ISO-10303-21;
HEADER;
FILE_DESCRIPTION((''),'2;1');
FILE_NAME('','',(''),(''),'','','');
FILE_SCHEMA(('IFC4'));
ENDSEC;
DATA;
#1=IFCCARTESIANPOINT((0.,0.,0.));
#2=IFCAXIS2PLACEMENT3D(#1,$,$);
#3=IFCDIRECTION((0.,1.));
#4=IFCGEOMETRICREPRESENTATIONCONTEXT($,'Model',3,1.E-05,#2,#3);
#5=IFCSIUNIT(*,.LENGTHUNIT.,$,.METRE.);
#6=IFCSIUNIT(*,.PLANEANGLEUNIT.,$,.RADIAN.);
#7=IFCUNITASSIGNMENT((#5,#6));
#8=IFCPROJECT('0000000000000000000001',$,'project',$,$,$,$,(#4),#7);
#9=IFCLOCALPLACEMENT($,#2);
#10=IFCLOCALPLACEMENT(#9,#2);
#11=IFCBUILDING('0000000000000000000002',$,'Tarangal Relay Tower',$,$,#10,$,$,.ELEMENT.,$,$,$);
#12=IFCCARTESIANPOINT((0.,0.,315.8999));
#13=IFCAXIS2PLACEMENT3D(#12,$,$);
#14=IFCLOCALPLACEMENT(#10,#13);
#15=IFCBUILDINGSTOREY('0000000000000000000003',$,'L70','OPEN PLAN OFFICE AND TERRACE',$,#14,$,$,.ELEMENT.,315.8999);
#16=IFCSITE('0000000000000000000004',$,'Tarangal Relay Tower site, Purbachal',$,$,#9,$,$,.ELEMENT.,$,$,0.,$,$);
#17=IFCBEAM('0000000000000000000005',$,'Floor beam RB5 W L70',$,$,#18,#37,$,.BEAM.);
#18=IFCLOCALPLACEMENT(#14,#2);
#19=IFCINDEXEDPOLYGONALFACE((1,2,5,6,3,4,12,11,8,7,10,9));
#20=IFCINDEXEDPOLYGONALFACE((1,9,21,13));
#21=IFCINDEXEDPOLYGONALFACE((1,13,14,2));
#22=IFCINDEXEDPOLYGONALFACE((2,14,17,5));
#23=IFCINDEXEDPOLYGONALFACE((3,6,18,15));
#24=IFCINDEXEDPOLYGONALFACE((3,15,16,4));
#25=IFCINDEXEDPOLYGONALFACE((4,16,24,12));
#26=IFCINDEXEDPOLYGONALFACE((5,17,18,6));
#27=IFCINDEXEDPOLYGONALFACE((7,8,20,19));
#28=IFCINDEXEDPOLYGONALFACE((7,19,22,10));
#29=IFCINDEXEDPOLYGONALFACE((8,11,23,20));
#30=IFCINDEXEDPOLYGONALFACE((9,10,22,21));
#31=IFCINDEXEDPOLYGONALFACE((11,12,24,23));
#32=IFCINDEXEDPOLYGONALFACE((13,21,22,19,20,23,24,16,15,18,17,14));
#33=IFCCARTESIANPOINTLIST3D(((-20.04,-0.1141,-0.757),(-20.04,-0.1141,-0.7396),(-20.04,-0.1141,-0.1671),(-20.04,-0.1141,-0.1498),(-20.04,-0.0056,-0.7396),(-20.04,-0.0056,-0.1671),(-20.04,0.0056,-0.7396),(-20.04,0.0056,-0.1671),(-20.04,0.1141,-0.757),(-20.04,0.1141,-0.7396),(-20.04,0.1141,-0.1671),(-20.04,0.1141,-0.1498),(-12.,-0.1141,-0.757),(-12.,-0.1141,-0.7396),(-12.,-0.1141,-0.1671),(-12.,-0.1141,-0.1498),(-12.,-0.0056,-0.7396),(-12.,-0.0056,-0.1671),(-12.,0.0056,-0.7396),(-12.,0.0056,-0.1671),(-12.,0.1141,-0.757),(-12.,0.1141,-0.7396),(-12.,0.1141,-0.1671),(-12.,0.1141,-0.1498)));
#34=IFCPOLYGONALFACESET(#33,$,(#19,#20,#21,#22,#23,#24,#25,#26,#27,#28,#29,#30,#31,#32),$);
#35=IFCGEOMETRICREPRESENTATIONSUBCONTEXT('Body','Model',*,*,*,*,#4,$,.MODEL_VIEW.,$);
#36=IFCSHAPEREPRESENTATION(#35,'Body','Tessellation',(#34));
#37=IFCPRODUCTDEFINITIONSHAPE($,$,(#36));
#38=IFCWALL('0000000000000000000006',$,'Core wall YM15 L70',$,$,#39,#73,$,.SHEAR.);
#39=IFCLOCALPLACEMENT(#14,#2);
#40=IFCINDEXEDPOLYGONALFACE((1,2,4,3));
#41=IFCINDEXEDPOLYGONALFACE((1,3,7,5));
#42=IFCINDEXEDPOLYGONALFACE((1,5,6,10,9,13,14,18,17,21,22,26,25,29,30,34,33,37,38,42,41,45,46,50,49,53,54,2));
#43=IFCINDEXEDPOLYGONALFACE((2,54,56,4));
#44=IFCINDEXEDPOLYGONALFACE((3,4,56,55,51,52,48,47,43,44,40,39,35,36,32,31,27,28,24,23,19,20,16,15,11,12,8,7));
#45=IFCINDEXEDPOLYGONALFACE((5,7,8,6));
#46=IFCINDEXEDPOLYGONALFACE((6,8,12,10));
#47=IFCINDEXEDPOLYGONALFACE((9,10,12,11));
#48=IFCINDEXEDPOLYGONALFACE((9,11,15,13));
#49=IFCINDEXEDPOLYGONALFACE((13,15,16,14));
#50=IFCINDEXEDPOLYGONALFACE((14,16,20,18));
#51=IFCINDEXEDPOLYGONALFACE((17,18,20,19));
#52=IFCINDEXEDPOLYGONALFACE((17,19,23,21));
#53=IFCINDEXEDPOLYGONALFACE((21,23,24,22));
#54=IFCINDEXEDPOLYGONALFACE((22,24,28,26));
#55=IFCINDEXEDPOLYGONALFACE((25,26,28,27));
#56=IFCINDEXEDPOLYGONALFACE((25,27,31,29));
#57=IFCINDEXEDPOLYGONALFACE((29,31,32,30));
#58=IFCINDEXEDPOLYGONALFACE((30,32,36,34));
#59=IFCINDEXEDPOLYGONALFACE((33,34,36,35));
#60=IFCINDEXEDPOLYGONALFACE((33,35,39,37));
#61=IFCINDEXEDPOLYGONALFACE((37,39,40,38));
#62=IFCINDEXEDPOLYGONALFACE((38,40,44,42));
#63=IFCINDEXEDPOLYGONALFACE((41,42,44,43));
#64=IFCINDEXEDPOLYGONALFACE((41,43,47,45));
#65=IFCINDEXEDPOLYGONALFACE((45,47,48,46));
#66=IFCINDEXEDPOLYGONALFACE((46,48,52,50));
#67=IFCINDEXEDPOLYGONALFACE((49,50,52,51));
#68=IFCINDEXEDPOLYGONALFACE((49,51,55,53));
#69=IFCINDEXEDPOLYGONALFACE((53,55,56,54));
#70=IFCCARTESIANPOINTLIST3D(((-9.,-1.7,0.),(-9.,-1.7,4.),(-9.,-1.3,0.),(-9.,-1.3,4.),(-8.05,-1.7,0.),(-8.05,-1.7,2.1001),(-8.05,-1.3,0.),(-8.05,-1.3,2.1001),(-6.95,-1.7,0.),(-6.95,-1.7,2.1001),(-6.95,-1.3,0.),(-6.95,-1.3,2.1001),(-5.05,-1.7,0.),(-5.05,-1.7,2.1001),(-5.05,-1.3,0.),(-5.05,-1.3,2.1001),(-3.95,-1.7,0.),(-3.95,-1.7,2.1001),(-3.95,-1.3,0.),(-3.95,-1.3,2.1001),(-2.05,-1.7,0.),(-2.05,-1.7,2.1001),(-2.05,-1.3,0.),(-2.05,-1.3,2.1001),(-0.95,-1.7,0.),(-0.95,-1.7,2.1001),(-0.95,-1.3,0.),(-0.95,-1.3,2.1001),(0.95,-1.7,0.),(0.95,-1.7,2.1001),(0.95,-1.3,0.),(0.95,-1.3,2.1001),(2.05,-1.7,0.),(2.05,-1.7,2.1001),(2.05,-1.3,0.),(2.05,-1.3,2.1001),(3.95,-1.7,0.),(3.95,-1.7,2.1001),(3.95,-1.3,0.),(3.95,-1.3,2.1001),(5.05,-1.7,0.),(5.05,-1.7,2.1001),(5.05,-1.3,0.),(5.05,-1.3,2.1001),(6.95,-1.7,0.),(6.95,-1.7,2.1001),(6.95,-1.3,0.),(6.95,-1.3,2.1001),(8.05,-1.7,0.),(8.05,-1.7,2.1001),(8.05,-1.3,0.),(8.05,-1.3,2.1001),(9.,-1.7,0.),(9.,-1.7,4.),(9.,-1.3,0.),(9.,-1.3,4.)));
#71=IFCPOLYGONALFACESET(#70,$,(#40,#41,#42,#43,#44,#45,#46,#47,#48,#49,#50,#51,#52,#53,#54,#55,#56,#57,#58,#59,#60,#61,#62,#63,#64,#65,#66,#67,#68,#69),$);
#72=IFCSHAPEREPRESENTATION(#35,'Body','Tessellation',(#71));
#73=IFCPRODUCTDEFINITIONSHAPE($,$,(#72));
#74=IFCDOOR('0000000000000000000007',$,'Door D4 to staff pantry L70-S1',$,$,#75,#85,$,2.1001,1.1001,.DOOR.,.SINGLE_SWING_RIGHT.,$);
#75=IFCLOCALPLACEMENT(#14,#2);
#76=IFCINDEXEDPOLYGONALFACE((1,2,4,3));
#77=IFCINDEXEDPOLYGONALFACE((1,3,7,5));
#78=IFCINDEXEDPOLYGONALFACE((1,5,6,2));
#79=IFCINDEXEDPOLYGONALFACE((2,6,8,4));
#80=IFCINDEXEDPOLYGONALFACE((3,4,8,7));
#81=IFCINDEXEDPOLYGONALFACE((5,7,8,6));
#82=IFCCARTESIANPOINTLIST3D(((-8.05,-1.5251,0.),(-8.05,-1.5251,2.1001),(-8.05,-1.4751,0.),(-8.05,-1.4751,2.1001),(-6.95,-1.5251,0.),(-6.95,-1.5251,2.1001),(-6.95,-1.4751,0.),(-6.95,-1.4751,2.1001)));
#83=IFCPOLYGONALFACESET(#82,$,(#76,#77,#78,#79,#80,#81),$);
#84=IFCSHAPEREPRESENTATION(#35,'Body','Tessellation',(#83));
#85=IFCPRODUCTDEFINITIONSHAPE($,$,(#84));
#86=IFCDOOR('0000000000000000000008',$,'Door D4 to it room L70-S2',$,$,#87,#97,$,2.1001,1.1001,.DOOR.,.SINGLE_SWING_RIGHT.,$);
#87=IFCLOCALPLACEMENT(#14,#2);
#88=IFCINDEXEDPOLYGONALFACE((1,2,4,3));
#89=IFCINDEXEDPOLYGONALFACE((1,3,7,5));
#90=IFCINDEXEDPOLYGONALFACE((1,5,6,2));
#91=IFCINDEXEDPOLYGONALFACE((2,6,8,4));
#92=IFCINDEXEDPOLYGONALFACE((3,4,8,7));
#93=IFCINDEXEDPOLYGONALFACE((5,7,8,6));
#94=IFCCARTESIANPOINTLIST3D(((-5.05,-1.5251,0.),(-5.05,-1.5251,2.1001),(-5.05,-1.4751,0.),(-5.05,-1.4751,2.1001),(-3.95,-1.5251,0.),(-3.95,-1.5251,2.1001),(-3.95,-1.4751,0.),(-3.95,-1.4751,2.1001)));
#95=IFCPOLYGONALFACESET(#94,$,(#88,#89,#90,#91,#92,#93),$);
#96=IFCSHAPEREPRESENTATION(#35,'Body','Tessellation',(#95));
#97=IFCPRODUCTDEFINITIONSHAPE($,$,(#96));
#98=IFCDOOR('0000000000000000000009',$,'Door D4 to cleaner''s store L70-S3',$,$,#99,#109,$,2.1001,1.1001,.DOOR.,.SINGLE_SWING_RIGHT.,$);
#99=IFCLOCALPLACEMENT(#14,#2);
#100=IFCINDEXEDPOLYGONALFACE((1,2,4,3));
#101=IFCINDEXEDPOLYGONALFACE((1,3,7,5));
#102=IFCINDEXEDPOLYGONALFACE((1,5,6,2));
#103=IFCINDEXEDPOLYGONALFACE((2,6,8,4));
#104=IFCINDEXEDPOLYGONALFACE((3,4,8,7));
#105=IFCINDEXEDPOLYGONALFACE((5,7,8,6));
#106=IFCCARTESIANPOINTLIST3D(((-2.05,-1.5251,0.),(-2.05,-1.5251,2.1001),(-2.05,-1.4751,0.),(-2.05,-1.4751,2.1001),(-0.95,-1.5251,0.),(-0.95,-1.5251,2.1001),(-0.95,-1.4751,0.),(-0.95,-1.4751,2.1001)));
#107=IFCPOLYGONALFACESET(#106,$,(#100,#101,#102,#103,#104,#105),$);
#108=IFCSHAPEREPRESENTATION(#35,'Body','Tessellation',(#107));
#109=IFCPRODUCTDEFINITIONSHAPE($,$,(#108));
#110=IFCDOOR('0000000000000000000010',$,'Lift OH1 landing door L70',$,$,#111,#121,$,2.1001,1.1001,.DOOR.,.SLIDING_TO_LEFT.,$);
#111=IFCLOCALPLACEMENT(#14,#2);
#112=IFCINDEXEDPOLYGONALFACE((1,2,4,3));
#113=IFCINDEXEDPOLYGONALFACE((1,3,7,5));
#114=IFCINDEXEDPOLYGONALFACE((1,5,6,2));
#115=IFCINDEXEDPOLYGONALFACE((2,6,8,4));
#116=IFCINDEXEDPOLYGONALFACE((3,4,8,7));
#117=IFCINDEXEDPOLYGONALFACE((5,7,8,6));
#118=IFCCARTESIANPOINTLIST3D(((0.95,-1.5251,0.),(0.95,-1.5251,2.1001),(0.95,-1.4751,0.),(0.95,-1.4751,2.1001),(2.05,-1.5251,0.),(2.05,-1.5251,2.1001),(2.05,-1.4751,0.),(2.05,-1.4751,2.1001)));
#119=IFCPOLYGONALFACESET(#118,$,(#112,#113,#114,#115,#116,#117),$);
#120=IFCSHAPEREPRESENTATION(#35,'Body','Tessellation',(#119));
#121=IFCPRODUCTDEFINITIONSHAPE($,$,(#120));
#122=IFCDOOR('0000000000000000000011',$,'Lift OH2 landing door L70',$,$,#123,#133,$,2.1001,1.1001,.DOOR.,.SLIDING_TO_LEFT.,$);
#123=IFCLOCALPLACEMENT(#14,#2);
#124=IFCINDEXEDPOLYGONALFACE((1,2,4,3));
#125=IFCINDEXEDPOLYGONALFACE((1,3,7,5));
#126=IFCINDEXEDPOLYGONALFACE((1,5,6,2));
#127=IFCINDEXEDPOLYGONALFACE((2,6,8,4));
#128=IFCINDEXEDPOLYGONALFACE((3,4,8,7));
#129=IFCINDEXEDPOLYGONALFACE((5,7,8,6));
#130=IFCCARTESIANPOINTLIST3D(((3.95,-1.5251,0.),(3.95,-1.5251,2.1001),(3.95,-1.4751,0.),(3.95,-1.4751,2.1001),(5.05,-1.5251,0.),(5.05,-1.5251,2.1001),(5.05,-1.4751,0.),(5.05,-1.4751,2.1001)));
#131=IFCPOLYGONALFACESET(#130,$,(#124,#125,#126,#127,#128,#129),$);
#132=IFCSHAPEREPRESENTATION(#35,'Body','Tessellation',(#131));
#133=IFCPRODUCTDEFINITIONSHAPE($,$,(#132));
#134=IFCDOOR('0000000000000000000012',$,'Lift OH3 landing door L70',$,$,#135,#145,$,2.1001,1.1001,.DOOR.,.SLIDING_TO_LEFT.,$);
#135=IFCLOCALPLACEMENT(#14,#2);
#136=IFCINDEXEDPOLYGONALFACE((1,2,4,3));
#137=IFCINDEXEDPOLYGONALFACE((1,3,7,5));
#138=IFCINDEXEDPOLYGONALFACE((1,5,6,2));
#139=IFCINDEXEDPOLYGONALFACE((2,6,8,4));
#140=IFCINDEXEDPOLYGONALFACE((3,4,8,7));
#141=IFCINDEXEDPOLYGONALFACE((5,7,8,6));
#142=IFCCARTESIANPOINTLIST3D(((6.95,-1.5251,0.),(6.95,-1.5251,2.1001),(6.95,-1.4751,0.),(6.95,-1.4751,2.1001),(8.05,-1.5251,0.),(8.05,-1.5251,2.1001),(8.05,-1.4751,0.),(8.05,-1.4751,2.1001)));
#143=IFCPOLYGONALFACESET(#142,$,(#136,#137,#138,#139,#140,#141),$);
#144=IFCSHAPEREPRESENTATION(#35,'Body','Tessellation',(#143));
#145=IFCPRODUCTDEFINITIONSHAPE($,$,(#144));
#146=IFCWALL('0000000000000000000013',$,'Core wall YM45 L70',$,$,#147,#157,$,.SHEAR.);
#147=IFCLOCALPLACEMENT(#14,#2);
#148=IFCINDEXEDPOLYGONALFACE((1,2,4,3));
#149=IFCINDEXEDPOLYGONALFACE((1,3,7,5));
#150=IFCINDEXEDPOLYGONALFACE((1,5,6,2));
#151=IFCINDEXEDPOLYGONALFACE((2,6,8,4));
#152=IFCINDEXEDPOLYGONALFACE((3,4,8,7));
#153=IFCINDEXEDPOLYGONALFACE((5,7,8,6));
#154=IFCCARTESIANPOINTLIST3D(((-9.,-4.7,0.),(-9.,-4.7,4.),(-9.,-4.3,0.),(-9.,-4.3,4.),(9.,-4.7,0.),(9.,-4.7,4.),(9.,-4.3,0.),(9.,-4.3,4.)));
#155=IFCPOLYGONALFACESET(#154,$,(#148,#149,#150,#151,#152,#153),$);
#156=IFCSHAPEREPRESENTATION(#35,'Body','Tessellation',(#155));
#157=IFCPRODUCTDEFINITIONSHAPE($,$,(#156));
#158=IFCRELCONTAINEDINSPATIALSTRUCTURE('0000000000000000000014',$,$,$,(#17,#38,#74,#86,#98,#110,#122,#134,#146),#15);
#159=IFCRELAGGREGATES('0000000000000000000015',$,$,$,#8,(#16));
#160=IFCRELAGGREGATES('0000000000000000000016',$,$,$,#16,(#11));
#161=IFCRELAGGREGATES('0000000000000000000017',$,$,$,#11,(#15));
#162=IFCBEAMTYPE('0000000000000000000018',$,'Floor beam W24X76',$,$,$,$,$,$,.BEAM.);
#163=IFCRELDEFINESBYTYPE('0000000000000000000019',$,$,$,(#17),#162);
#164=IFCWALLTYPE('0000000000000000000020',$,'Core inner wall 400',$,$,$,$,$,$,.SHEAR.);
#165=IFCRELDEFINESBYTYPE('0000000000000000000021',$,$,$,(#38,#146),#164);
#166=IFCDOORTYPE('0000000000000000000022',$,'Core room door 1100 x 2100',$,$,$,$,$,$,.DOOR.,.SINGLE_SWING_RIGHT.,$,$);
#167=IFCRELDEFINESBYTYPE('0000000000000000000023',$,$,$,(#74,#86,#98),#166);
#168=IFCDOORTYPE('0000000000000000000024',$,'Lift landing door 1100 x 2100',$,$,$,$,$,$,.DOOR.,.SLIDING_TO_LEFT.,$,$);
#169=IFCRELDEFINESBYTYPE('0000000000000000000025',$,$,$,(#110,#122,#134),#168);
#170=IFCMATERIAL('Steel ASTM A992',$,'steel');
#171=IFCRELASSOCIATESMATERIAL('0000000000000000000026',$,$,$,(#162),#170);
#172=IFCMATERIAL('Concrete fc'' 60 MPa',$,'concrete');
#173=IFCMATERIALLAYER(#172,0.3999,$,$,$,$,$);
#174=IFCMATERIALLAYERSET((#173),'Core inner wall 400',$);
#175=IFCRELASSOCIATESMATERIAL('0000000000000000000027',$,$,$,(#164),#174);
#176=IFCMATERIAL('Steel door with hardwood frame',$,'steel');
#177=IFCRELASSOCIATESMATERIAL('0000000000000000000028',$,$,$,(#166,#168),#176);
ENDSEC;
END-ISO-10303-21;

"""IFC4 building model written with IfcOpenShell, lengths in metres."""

from ifc_helpers import new_model, si_unit, direction, frame, frame_2d, origin, origin_2d, place, context, subcontext, project, spatial, rectangle, i_section, extrude, material, layer, layer_set, material_profile, profile_set, type_object, element, fill, save


model = new_model("IFC4")

# Units and contexts
model_context = context("Model", 3, precision=1e-05, world=origin(), true_north=direction((0.0, 1.0)))
body_context = subcontext(model_context, "Body", "Model", "MODEL_VIEW")
ifc_project = project(units=[si_unit("LENGTHUNIT", "METRE"), si_unit("PLANEANGLEUNIT", "RADIAN")], contexts=[model_context])

# Site, building, storey
site_placement = place(None, origin())
site = spatial("IfcSite", under=ifc_project, at=site_placement, Name="Tarangal Relay Tower site, Purbachal", CompositionType="ELEMENT", RefElevation=0.0)
building_placement = place(site_placement, origin())
building = spatial("IfcBuilding", under=site, at=building_placement, Name="Tarangal Relay Tower", CompositionType="ELEMENT")
storey_placement = place(building_placement, frame((0.0, 0.0, 315.8999)))
storey = spatial("IfcBuildingStorey", under=building, at=storey_placement, Name="L70", Description="OPEN PLAN OFFICE AND TERRACE", CompositionType="ELEMENT", Elevation=315.8999)

# Beam
ifc_material_1 = material(Name="Steel ASTM A992", Category="steel")
ifc_material_profile = material_profile(ifc_material_1, i_section(OverallWidth=0.2283, OverallDepth=0.6072, WebThickness=0.0112, FlangeThickness=0.0173, at=origin_2d()), Name="W24X76")
ifc_profile_set = profile_set([ifc_material_profile], Name="Steel ASTM A992")
beam_type = type_object("IfcBeamType", Name="Floor beam W24X76", PredefinedType="BEAM", material=ifc_profile_set)
beam_placement = place(storey_placement, frame((-12.0, 0.0, -0.4534), z_axis=(-1.0, 0.0, 0.0), x_axis=(0.0, -1.0, 0.0)))
element("IfcBeam", 1, at=beam_placement, inside=storey, type_object=beam_type, Name="Floor beam RB5 W L70", PredefinedType="BEAM", context=body_context, shape_type="SweptSolid", body=[
    extrude(i_section(OverallWidth=0.2283, OverallDepth=0.6072, WebThickness=0.0112, FlangeThickness=0.0173, at=origin_2d()), origin(), (0.0, 0.0, 1.0), 8.04),
])

# Wall, openings, doors
ifc_material_2 = material(Name="Concrete fc' 60 MPa", Category="concrete")
ifc_layer_1 = layer(ifc_material_2, 0.3999)
ifc_layer_set_1 = layer_set([ifc_layer_1], Name="Core inner wall 400")
wall_type_1 = type_object("IfcWallType", Name="Core inner wall 400", PredefinedType="SHEAR", material=ifc_layer_set_1)
wall_1_placement = place(storey_placement, frame((-9.0, -1.5, 0.0), z_axis=(0.0, 0.0, 1.0), x_axis=(1.0, 0.0, 0.0)))
wall_1 = element("IfcWall", 2, at=wall_1_placement, inside=storey, type_object=wall_type_1, Name="Core wall YM15 L70", PredefinedType="SHEAR", context=body_context, shape_type="SweptSolid", body=[
    extrude(rectangle(XDim=18.0, YDim=0.3999, at=frame_2d((9.0, 0.0))), origin(), (0.0, 0.0, 1.0), 4.0),
])
opening_1_placement = place(wall_1_placement, frame((9.95, 0.0, 0.0)))
opening_1 = element("IfcOpeningElement", 3, at=opening_1_placement, cuts=wall_1, PredefinedType="OPENING", context=body_context, shape_type="SweptSolid", body=[
    extrude(rectangle(XDim=1.1001, YDim=2.1001, at=frame_2d((0.55, 1.05))), frame((0.0, 0.21, 0.0), z_axis=(0.0, -1.0, 0.0), x_axis=(1.0, 0.0, 0.0)), (0.0, 0.0, 1.0), 0.4199),
])
opening_2_placement = place(wall_1_placement, frame((12.95, 0.0, 0.0)))
opening_2 = element("IfcOpeningElement", 4, at=opening_2_placement, cuts=wall_1, PredefinedType="OPENING", context=body_context, shape_type="SweptSolid", body=[
    extrude(rectangle(XDim=1.1001, YDim=2.1001, at=frame_2d((0.55, 1.05))), frame((0.0, 0.21, 0.0), z_axis=(0.0, -1.0, 0.0), x_axis=(1.0, 0.0, 0.0)), (0.0, 0.0, 1.0), 0.4199),
])
opening_3_placement = place(wall_1_placement, frame((15.95, 0.0, 0.0)))
opening_3 = element("IfcOpeningElement", 5, at=opening_3_placement, cuts=wall_1, PredefinedType="OPENING", context=body_context, shape_type="SweptSolid", body=[
    extrude(rectangle(XDim=1.1001, YDim=2.1001, at=frame_2d((0.55, 1.05))), frame((0.0, 0.21, 0.0), z_axis=(0.0, -1.0, 0.0), x_axis=(1.0, 0.0, 0.0)), (0.0, 0.0, 1.0), 0.4199),
])
opening_4_placement = place(wall_1_placement, frame((0.95, 0.0, 0.0)))
opening_4 = element("IfcOpeningElement", 6, at=opening_4_placement, cuts=wall_1, PredefinedType="OPENING", context=body_context, shape_type="SweptSolid", body=[
    extrude(rectangle(XDim=1.1001, YDim=2.1001, at=frame_2d((0.55, 1.05))), frame((0.0, 0.21, 0.0), z_axis=(0.0, -1.0, 0.0), x_axis=(1.0, 0.0, 0.0)), (0.0, 0.0, 1.0), 0.4199),
])
opening_5_placement = place(wall_1_placement, frame((3.95, 0.0, 0.0)))
opening_5 = element("IfcOpeningElement", 7, at=opening_5_placement, cuts=wall_1, PredefinedType="OPENING", context=body_context, shape_type="SweptSolid", body=[
    extrude(rectangle(XDim=1.1001, YDim=2.1001, at=frame_2d((0.55, 1.05))), frame((0.0, 0.21, 0.0), z_axis=(0.0, -1.0, 0.0), x_axis=(1.0, 0.0, 0.0)), (0.0, 0.0, 1.0), 0.4199),
])
opening_6_placement = place(wall_1_placement, frame((6.95, 0.0, 0.0)))
opening_6 = element("IfcOpeningElement", 8, at=opening_6_placement, cuts=wall_1, PredefinedType="OPENING", context=body_context, shape_type="SweptSolid", body=[
    extrude(rectangle(XDim=1.1001, YDim=2.1001, at=frame_2d((0.55, 1.05))), frame((0.0, 0.21, 0.0), z_axis=(0.0, -1.0, 0.0), x_axis=(1.0, 0.0, 0.0)), (0.0, 0.0, 1.0), 0.4199),
])
ifc_material_3 = material(Name="Steel door with hardwood frame", Category="steel")
door_type_1 = type_object("IfcDoorType", Name="Core room door 1100 x 2100", OperationType="SINGLE_SWING_RIGHT", PredefinedType="DOOR", material=ifc_material_3)
door_1_placement = place(opening_4_placement, origin())
door_1 = element("IfcDoor", 9, at=door_1_placement, inside=storey, type_object=door_type_1, Name="Door D4 to staff pantry L70-S1", OperationType="SINGLE_SWING_RIGHT", OverallHeight=2.1001, OverallWidth=1.1001, PredefinedType="DOOR", context=body_context, shape_type="SweptSolid", body=[
    extrude(rectangle(XDim=1.1001, YDim=2.1001, at=frame_2d((0.55, 1.05))), frame((0.0, 0.0249, 0.0), z_axis=(0.0, -1.0, 0.0), x_axis=(1.0, 0.0, 0.0)), (0.0, 0.0, 1.0), 0.05),
])
fill(opening_4, door_1)
door_2_placement = place(opening_5_placement, origin())
door_2 = element("IfcDoor", 10, at=door_2_placement, inside=storey, type_object=door_type_1, Name="Door D4 to it room L70-S2", OperationType="SINGLE_SWING_RIGHT", OverallHeight=2.1001, OverallWidth=1.1001, PredefinedType="DOOR", context=body_context, shape_type="SweptSolid", body=[
    extrude(rectangle(XDim=1.1001, YDim=2.1001, at=frame_2d((0.55, 1.05))), frame((0.0, 0.0249, 0.0), z_axis=(0.0, -1.0, 0.0), x_axis=(1.0, 0.0, 0.0)), (0.0, 0.0, 1.0), 0.05),
])
fill(opening_5, door_2)
door_3_placement = place(opening_6_placement, origin())
door_3 = element("IfcDoor", 11, at=door_3_placement, inside=storey, type_object=door_type_1, Name="Door D4 to cleaner's store L70-S3", OperationType="SINGLE_SWING_RIGHT", OverallHeight=2.1001, OverallWidth=1.1001, PredefinedType="DOOR", context=body_context, shape_type="SweptSolid", body=[
    extrude(rectangle(XDim=1.1001, YDim=2.1001, at=frame_2d((0.55, 1.05))), frame((0.0, 0.0249, 0.0), z_axis=(0.0, -1.0, 0.0), x_axis=(1.0, 0.0, 0.0)), (0.0, 0.0, 1.0), 0.05),
])
fill(opening_6, door_3)
door_type_2 = type_object("IfcDoorType", Name="Lift landing door 1100 x 2100", OperationType="SLIDING_TO_LEFT", PredefinedType="DOOR", material=ifc_material_3)
door_4_placement = place(opening_1_placement, origin())
door_4 = element("IfcDoor", 12, at=door_4_placement, inside=storey, type_object=door_type_2, Name="Lift OH1 landing door L70", OperationType="SLIDING_TO_LEFT", OverallHeight=2.1001, OverallWidth=1.1001, PredefinedType="DOOR", context=body_context, shape_type="SweptSolid", body=[
    extrude(rectangle(XDim=1.1001, YDim=2.1001, at=frame_2d((0.55, 1.05))), frame((0.0, 0.0249, 0.0), z_axis=(0.0, -1.0, 0.0), x_axis=(1.0, 0.0, 0.0)), (0.0, 0.0, 1.0), 0.05),
])
fill(opening_1, door_4)
door_5_placement = place(opening_2_placement, origin())
door_5 = element("IfcDoor", 13, at=door_5_placement, inside=storey, type_object=door_type_2, Name="Lift OH2 landing door L70", OperationType="SLIDING_TO_LEFT", OverallHeight=2.1001, OverallWidth=1.1001, PredefinedType="DOOR", context=body_context, shape_type="SweptSolid", body=[
    extrude(rectangle(XDim=1.1001, YDim=2.1001, at=frame_2d((0.55, 1.05))), frame((0.0, 0.0249, 0.0), z_axis=(0.0, -1.0, 0.0), x_axis=(1.0, 0.0, 0.0)), (0.0, 0.0, 1.0), 0.05),
])
fill(opening_2, door_5)
door_6_placement = place(opening_3_placement, origin())
door_6 = element("IfcDoor", 14, at=door_6_placement, inside=storey, type_object=door_type_2, Name="Lift OH3 landing door L70", OperationType="SLIDING_TO_LEFT", OverallHeight=2.1001, OverallWidth=1.1001, PredefinedType="DOOR", context=body_context, shape_type="SweptSolid", body=[
    extrude(rectangle(XDim=1.1001, YDim=2.1001, at=frame_2d((0.55, 1.05))), frame((0.0, 0.0249, 0.0), z_axis=(0.0, -1.0, 0.0), x_axis=(1.0, 0.0, 0.0)), (0.0, 0.0, 1.0), 0.05),
])
fill(opening_3, door_6)

# Wall
wall_2_placement = place(storey_placement, frame((-9.0, -4.5, 0.0), z_axis=(0.0, 0.0, 1.0), x_axis=(1.0, 0.0, 0.0)))
element("IfcWall", 15, at=wall_2_placement, inside=storey, type_object=wall_type_1, Name="Core wall YM45 L70", PredefinedType="SHEAR", context=body_context, shape_type="SweptSolid", body=[
    extrude(rectangle(XDim=18.0, YDim=0.3999, at=frame_2d((9.0, 0.0))), origin(), (0.0, 0.0, 1.0), 4.0),
])

save(model, "model.ifc")
